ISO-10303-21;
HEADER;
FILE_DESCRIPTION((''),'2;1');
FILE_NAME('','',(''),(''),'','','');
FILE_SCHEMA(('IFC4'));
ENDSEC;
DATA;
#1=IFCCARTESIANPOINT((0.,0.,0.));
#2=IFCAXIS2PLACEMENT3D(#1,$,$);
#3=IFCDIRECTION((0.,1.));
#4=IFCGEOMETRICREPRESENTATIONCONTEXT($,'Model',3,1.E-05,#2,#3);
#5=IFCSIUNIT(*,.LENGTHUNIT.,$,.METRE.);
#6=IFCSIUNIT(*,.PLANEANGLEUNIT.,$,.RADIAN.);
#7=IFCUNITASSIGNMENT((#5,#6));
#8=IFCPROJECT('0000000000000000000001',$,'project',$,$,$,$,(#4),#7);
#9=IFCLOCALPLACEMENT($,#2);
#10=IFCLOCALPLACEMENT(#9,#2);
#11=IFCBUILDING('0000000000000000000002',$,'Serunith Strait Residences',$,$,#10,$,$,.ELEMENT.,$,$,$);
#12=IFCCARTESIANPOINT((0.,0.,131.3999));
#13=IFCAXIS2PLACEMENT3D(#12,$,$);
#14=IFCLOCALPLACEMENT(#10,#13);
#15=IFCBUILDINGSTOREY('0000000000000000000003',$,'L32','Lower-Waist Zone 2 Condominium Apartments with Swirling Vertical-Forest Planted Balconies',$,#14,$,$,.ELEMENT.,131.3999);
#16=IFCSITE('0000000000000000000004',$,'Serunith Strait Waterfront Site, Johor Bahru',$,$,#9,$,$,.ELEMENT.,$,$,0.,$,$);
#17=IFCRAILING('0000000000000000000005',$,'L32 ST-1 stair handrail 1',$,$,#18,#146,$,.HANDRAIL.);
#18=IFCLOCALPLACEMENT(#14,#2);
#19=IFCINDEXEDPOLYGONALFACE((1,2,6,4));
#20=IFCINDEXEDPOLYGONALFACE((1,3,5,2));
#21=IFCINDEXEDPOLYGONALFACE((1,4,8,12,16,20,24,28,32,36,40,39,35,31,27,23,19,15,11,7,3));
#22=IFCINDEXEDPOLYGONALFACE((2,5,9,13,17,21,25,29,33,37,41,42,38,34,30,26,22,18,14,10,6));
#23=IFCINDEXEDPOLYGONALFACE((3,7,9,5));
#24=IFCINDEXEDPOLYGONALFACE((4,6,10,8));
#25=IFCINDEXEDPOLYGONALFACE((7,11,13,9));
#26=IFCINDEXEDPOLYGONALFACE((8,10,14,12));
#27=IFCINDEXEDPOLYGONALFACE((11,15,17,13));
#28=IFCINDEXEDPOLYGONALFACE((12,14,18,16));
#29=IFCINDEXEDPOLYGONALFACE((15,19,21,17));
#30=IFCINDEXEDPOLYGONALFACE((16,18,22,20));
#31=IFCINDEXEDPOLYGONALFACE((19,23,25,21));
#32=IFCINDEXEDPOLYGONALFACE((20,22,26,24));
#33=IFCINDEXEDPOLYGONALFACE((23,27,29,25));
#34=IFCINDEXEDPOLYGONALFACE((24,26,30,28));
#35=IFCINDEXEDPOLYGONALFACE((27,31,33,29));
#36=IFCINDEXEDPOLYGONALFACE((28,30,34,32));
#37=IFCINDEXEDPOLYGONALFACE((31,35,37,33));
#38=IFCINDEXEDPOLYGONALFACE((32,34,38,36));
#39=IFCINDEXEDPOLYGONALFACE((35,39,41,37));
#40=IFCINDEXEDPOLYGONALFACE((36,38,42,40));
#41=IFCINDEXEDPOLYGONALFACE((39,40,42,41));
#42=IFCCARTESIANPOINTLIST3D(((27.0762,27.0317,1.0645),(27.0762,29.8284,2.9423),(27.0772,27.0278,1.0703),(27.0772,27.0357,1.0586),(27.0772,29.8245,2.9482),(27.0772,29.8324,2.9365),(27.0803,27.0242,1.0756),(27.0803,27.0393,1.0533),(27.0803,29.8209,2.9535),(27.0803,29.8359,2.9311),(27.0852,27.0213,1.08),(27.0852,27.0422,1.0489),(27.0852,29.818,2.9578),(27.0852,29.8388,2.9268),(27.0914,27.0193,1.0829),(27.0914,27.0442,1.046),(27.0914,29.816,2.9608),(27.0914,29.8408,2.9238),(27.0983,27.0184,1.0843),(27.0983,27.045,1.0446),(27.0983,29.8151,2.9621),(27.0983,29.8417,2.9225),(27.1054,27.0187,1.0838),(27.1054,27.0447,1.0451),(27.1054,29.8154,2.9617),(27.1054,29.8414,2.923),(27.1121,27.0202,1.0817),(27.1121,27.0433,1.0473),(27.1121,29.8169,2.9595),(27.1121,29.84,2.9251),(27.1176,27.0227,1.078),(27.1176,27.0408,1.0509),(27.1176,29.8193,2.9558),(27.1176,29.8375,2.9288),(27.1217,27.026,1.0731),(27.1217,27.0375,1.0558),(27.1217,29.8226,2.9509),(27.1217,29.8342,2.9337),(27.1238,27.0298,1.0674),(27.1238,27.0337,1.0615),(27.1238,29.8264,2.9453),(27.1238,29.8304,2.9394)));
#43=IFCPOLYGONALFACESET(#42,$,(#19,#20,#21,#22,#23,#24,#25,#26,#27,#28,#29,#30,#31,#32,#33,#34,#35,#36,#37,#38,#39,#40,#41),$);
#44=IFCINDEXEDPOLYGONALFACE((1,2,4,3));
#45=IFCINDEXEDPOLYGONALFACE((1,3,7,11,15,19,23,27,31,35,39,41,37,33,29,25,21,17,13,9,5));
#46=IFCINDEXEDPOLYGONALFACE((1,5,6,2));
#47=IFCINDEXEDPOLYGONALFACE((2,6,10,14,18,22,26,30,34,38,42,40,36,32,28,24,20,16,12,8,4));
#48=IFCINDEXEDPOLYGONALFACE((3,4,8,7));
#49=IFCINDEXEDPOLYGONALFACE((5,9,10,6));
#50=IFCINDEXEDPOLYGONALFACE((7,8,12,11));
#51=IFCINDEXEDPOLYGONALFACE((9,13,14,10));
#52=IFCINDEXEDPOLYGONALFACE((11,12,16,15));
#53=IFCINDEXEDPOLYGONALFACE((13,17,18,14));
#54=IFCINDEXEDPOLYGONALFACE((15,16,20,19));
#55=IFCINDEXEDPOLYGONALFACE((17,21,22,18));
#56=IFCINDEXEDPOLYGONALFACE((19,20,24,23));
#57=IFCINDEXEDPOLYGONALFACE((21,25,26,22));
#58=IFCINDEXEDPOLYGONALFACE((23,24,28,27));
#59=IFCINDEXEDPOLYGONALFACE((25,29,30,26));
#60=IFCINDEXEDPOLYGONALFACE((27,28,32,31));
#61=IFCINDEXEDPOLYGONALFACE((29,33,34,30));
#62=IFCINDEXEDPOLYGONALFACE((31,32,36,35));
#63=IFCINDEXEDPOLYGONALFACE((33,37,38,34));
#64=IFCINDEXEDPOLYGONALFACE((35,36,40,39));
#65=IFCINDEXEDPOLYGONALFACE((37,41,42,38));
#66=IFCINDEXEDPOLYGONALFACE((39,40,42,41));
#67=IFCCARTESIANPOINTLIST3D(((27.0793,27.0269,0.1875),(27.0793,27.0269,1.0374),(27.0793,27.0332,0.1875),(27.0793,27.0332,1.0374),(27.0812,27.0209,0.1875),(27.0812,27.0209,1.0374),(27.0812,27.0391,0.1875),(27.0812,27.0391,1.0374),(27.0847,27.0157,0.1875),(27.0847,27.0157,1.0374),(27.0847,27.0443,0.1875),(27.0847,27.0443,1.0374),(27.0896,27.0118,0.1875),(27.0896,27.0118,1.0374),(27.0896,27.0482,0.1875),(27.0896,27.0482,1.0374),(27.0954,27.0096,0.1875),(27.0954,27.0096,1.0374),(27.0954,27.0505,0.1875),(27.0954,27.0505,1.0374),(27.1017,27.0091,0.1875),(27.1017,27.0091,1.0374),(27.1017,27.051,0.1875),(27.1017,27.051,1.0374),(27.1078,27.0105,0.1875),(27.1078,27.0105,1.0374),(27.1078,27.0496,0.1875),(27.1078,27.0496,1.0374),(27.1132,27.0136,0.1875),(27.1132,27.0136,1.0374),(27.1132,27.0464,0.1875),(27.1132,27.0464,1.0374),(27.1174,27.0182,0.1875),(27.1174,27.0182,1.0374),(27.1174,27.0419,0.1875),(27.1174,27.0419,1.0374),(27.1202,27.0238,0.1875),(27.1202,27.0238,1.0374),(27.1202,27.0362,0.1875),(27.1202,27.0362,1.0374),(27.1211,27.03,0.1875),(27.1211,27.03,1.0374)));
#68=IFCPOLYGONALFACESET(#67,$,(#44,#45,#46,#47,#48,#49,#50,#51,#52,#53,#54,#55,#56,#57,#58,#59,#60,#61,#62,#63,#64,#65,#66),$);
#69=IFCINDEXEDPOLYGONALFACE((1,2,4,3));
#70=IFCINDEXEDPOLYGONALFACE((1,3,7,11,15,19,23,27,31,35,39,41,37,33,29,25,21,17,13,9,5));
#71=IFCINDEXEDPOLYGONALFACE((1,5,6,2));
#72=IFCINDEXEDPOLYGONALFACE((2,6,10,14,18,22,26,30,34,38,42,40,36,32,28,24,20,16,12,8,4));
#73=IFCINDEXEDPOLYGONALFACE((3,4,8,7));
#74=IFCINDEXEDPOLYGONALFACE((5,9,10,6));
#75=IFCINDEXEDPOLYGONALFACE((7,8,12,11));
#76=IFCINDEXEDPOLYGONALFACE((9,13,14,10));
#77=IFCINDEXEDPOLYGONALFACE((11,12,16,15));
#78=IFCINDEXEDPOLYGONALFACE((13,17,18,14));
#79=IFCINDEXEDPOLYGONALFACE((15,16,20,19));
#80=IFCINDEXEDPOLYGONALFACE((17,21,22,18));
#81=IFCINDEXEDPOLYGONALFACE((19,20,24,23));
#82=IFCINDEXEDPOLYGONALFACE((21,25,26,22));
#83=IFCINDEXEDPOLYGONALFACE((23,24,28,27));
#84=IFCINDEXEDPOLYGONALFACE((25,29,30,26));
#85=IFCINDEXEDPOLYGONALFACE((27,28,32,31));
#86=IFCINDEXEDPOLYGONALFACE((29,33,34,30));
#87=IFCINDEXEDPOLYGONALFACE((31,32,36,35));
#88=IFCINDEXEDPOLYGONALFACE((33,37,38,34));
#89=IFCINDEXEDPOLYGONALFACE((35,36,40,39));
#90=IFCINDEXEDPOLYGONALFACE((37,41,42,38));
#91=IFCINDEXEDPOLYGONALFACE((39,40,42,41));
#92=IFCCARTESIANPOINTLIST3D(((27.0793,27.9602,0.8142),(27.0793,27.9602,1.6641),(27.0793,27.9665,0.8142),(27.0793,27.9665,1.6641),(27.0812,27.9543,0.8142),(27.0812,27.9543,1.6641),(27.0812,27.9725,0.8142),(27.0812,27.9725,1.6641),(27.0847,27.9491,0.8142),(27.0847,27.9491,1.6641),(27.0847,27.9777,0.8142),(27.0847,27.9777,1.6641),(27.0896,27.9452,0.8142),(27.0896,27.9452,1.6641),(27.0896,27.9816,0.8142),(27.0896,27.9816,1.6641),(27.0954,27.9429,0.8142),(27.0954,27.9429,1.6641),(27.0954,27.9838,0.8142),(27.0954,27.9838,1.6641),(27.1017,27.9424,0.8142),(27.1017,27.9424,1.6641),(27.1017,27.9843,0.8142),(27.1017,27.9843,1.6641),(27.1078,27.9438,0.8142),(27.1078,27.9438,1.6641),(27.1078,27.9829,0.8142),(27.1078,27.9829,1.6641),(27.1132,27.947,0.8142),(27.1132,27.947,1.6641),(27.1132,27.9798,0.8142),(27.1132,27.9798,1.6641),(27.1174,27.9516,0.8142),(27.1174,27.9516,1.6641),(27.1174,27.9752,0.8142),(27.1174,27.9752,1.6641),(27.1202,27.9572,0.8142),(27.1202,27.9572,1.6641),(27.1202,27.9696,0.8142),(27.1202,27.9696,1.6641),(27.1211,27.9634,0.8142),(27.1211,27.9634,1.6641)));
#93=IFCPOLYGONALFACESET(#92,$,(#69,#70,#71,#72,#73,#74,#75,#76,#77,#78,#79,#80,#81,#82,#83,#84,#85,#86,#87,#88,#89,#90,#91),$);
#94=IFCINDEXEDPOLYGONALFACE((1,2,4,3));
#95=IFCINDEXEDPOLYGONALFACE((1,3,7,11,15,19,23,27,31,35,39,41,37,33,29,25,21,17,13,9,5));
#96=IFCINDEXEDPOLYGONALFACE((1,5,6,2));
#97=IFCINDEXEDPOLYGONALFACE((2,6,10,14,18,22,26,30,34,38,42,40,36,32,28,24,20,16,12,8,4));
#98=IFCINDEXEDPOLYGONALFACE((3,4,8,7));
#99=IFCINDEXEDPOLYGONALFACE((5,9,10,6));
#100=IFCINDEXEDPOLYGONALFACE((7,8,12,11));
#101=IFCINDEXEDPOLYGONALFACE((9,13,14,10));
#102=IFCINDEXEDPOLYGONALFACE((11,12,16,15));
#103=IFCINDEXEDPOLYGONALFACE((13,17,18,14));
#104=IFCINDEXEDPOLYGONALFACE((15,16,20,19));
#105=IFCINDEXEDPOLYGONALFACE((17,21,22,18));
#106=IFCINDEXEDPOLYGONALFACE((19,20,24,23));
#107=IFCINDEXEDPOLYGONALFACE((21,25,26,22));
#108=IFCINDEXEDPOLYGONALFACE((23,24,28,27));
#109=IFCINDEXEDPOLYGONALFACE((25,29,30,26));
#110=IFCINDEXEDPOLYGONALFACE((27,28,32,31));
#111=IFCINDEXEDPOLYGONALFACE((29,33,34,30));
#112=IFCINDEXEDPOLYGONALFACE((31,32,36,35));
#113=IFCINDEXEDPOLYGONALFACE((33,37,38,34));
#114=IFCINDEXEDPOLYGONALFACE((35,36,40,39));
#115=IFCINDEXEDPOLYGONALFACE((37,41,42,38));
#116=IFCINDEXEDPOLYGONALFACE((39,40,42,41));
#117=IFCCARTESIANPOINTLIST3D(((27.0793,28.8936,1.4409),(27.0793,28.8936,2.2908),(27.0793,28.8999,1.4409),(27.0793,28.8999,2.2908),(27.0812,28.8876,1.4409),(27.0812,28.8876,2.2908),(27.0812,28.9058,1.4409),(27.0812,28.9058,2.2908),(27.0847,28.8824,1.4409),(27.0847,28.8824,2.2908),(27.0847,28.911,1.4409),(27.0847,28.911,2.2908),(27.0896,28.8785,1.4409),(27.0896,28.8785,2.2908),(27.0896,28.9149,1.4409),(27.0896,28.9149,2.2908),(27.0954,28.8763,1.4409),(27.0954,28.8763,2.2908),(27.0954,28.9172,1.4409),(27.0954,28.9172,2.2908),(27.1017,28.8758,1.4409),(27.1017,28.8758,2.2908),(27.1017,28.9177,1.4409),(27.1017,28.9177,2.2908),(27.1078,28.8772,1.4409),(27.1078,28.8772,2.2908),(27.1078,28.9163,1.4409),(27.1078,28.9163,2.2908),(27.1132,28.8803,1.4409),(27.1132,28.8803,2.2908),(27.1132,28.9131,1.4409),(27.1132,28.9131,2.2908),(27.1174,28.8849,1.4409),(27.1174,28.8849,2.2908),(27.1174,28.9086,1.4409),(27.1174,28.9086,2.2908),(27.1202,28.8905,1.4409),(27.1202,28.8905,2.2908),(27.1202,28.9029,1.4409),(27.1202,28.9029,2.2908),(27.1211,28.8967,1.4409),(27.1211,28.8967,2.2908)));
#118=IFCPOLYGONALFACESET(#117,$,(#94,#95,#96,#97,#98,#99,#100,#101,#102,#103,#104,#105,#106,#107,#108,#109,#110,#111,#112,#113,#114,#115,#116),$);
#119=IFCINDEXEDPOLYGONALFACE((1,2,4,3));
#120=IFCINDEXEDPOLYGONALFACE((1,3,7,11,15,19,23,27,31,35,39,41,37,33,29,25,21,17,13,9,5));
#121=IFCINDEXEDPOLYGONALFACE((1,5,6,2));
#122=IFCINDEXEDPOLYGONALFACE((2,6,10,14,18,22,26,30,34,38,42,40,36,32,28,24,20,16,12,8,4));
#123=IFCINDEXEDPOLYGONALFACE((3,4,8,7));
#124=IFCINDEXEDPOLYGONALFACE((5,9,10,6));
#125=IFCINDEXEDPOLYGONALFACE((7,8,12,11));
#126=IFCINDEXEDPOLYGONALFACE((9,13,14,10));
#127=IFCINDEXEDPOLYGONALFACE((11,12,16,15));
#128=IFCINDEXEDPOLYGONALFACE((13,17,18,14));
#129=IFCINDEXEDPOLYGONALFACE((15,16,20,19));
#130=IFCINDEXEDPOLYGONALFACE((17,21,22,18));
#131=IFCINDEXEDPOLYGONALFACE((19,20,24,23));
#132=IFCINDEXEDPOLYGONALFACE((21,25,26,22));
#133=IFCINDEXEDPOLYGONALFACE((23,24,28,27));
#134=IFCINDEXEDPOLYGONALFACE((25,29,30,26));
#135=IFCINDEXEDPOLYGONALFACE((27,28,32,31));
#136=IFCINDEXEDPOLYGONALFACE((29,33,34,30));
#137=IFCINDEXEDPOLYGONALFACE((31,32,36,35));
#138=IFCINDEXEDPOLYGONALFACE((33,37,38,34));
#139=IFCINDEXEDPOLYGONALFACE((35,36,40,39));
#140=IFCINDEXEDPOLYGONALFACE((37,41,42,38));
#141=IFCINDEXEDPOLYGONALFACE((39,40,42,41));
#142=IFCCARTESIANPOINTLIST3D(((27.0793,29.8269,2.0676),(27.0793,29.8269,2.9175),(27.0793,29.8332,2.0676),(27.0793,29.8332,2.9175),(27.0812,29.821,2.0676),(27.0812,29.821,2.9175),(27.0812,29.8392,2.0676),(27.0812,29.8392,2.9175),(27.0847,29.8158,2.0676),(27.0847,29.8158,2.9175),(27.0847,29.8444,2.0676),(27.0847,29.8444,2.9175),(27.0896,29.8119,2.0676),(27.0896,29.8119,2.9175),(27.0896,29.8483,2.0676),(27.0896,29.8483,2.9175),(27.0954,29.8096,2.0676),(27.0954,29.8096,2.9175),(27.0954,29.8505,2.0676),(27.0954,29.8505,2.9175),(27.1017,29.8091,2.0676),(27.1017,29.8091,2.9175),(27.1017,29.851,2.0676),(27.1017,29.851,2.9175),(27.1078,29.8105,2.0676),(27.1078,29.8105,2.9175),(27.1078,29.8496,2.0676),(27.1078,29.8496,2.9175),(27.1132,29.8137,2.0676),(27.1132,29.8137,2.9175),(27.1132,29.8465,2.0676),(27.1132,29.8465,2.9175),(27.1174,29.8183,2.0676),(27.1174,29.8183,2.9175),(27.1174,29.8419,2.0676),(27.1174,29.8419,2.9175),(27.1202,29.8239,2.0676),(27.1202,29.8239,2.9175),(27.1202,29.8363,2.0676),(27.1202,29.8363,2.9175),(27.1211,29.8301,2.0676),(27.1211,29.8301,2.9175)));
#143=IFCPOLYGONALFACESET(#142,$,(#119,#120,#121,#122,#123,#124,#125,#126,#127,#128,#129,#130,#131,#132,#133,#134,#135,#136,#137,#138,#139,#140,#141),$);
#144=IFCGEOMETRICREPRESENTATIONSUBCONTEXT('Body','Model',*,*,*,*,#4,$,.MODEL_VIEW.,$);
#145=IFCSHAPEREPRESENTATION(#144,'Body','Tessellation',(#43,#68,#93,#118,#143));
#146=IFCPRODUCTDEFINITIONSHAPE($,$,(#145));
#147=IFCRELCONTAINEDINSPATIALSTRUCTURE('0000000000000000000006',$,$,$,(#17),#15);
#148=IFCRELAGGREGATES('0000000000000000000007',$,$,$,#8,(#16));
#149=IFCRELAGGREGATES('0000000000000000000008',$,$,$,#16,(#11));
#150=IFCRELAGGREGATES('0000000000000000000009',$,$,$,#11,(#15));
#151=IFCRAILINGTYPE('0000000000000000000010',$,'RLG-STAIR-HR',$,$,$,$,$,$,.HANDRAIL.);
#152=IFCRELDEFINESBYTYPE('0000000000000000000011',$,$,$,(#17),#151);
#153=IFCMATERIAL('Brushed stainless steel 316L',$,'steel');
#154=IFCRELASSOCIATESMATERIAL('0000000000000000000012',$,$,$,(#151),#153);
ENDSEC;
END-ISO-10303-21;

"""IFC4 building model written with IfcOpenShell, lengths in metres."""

from ifc_helpers import new_model, si_unit, direction, frame, origin, origin_2d, place, context, subcontext, project, spatial, circle, extrude, material, type_object, element, save


model = new_model("IFC4")

# Units and contexts
model_context = context("Model", 3, precision=1e-05, world=origin(), true_north=direction((0.0, 1.0)))
body_context = subcontext(model_context, "Body", "Model", "MODEL_VIEW")
ifc_project = project(units=[si_unit("LENGTHUNIT", "METRE"), si_unit("PLANEANGLEUNIT", "RADIAN")], contexts=[model_context])

# Site, building, storey
site_placement = place(None, origin())
site = spatial("IfcSite", under=ifc_project, at=site_placement, Name="Serunith Strait Waterfront Site, Johor Bahru", CompositionType="ELEMENT", RefElevation=0.0)
building_placement = place(site_placement, origin())
building = spatial("IfcBuilding", under=site, at=building_placement, Name="Serunith Strait Residences", CompositionType="ELEMENT")
storey_placement = place(building_placement, frame((0.0, 0.0, 131.3999)))
storey = spatial("IfcBuildingStorey", under=building, at=storey_placement, Name="L32", Description="Lower-Waist Zone 2 Condominium Apartments with Swirling Vertical-Forest Planted Balconies", CompositionType="ELEMENT", Elevation=131.3999)

# Railing
ifc_material_1 = material(Name="Brushed stainless steel 316L", Category="steel")
railing_type_1 = type_object("IfcRailingType", Name="RLG-STAIR-HR", PredefinedType="HANDRAIL", material=ifc_material_1)
railing_1_placement = place(storey_placement, frame((27.1001, 27.03, 0.1875)))
element("IfcRailing", 1, at=railing_1_placement, inside=storey, type_object=railing_type_1, Name="L32 ST-1 stair handrail 1", PredefinedType="HANDRAIL", context=body_context, shape_type="SweptSolid", body=[
    extrude(circle(Radius=0.0239, at=origin_2d()), frame((0.0, 0.0017, 0.877), z_axis=(0.0, 0.830208, 0.557453), x_axis=(-1.0, 0.0, 0.0)), (0.0, 0.0, 1.0), 3.3687),
    extrude(circle(Radius=0.021, at=origin_2d()), origin(), (0.0, 0.0, 1.0), 0.8499),
    extrude(circle(Radius=0.021, at=origin_2d()), frame((0.0, 0.9333, 0.6267)), (0.0, 0.0, 1.0), 0.8499),
    extrude(circle(Radius=0.021, at=origin_2d()), frame((0.0, 1.8667, 1.2534)), (0.0, 0.0, 1.0), 0.8499),
    extrude(circle(Radius=0.021, at=origin_2d()), frame((0.0, 2.8, 1.8801)), (0.0, 0.0, 1.0), 0.8499),
])

save(model, "model.ifc")
